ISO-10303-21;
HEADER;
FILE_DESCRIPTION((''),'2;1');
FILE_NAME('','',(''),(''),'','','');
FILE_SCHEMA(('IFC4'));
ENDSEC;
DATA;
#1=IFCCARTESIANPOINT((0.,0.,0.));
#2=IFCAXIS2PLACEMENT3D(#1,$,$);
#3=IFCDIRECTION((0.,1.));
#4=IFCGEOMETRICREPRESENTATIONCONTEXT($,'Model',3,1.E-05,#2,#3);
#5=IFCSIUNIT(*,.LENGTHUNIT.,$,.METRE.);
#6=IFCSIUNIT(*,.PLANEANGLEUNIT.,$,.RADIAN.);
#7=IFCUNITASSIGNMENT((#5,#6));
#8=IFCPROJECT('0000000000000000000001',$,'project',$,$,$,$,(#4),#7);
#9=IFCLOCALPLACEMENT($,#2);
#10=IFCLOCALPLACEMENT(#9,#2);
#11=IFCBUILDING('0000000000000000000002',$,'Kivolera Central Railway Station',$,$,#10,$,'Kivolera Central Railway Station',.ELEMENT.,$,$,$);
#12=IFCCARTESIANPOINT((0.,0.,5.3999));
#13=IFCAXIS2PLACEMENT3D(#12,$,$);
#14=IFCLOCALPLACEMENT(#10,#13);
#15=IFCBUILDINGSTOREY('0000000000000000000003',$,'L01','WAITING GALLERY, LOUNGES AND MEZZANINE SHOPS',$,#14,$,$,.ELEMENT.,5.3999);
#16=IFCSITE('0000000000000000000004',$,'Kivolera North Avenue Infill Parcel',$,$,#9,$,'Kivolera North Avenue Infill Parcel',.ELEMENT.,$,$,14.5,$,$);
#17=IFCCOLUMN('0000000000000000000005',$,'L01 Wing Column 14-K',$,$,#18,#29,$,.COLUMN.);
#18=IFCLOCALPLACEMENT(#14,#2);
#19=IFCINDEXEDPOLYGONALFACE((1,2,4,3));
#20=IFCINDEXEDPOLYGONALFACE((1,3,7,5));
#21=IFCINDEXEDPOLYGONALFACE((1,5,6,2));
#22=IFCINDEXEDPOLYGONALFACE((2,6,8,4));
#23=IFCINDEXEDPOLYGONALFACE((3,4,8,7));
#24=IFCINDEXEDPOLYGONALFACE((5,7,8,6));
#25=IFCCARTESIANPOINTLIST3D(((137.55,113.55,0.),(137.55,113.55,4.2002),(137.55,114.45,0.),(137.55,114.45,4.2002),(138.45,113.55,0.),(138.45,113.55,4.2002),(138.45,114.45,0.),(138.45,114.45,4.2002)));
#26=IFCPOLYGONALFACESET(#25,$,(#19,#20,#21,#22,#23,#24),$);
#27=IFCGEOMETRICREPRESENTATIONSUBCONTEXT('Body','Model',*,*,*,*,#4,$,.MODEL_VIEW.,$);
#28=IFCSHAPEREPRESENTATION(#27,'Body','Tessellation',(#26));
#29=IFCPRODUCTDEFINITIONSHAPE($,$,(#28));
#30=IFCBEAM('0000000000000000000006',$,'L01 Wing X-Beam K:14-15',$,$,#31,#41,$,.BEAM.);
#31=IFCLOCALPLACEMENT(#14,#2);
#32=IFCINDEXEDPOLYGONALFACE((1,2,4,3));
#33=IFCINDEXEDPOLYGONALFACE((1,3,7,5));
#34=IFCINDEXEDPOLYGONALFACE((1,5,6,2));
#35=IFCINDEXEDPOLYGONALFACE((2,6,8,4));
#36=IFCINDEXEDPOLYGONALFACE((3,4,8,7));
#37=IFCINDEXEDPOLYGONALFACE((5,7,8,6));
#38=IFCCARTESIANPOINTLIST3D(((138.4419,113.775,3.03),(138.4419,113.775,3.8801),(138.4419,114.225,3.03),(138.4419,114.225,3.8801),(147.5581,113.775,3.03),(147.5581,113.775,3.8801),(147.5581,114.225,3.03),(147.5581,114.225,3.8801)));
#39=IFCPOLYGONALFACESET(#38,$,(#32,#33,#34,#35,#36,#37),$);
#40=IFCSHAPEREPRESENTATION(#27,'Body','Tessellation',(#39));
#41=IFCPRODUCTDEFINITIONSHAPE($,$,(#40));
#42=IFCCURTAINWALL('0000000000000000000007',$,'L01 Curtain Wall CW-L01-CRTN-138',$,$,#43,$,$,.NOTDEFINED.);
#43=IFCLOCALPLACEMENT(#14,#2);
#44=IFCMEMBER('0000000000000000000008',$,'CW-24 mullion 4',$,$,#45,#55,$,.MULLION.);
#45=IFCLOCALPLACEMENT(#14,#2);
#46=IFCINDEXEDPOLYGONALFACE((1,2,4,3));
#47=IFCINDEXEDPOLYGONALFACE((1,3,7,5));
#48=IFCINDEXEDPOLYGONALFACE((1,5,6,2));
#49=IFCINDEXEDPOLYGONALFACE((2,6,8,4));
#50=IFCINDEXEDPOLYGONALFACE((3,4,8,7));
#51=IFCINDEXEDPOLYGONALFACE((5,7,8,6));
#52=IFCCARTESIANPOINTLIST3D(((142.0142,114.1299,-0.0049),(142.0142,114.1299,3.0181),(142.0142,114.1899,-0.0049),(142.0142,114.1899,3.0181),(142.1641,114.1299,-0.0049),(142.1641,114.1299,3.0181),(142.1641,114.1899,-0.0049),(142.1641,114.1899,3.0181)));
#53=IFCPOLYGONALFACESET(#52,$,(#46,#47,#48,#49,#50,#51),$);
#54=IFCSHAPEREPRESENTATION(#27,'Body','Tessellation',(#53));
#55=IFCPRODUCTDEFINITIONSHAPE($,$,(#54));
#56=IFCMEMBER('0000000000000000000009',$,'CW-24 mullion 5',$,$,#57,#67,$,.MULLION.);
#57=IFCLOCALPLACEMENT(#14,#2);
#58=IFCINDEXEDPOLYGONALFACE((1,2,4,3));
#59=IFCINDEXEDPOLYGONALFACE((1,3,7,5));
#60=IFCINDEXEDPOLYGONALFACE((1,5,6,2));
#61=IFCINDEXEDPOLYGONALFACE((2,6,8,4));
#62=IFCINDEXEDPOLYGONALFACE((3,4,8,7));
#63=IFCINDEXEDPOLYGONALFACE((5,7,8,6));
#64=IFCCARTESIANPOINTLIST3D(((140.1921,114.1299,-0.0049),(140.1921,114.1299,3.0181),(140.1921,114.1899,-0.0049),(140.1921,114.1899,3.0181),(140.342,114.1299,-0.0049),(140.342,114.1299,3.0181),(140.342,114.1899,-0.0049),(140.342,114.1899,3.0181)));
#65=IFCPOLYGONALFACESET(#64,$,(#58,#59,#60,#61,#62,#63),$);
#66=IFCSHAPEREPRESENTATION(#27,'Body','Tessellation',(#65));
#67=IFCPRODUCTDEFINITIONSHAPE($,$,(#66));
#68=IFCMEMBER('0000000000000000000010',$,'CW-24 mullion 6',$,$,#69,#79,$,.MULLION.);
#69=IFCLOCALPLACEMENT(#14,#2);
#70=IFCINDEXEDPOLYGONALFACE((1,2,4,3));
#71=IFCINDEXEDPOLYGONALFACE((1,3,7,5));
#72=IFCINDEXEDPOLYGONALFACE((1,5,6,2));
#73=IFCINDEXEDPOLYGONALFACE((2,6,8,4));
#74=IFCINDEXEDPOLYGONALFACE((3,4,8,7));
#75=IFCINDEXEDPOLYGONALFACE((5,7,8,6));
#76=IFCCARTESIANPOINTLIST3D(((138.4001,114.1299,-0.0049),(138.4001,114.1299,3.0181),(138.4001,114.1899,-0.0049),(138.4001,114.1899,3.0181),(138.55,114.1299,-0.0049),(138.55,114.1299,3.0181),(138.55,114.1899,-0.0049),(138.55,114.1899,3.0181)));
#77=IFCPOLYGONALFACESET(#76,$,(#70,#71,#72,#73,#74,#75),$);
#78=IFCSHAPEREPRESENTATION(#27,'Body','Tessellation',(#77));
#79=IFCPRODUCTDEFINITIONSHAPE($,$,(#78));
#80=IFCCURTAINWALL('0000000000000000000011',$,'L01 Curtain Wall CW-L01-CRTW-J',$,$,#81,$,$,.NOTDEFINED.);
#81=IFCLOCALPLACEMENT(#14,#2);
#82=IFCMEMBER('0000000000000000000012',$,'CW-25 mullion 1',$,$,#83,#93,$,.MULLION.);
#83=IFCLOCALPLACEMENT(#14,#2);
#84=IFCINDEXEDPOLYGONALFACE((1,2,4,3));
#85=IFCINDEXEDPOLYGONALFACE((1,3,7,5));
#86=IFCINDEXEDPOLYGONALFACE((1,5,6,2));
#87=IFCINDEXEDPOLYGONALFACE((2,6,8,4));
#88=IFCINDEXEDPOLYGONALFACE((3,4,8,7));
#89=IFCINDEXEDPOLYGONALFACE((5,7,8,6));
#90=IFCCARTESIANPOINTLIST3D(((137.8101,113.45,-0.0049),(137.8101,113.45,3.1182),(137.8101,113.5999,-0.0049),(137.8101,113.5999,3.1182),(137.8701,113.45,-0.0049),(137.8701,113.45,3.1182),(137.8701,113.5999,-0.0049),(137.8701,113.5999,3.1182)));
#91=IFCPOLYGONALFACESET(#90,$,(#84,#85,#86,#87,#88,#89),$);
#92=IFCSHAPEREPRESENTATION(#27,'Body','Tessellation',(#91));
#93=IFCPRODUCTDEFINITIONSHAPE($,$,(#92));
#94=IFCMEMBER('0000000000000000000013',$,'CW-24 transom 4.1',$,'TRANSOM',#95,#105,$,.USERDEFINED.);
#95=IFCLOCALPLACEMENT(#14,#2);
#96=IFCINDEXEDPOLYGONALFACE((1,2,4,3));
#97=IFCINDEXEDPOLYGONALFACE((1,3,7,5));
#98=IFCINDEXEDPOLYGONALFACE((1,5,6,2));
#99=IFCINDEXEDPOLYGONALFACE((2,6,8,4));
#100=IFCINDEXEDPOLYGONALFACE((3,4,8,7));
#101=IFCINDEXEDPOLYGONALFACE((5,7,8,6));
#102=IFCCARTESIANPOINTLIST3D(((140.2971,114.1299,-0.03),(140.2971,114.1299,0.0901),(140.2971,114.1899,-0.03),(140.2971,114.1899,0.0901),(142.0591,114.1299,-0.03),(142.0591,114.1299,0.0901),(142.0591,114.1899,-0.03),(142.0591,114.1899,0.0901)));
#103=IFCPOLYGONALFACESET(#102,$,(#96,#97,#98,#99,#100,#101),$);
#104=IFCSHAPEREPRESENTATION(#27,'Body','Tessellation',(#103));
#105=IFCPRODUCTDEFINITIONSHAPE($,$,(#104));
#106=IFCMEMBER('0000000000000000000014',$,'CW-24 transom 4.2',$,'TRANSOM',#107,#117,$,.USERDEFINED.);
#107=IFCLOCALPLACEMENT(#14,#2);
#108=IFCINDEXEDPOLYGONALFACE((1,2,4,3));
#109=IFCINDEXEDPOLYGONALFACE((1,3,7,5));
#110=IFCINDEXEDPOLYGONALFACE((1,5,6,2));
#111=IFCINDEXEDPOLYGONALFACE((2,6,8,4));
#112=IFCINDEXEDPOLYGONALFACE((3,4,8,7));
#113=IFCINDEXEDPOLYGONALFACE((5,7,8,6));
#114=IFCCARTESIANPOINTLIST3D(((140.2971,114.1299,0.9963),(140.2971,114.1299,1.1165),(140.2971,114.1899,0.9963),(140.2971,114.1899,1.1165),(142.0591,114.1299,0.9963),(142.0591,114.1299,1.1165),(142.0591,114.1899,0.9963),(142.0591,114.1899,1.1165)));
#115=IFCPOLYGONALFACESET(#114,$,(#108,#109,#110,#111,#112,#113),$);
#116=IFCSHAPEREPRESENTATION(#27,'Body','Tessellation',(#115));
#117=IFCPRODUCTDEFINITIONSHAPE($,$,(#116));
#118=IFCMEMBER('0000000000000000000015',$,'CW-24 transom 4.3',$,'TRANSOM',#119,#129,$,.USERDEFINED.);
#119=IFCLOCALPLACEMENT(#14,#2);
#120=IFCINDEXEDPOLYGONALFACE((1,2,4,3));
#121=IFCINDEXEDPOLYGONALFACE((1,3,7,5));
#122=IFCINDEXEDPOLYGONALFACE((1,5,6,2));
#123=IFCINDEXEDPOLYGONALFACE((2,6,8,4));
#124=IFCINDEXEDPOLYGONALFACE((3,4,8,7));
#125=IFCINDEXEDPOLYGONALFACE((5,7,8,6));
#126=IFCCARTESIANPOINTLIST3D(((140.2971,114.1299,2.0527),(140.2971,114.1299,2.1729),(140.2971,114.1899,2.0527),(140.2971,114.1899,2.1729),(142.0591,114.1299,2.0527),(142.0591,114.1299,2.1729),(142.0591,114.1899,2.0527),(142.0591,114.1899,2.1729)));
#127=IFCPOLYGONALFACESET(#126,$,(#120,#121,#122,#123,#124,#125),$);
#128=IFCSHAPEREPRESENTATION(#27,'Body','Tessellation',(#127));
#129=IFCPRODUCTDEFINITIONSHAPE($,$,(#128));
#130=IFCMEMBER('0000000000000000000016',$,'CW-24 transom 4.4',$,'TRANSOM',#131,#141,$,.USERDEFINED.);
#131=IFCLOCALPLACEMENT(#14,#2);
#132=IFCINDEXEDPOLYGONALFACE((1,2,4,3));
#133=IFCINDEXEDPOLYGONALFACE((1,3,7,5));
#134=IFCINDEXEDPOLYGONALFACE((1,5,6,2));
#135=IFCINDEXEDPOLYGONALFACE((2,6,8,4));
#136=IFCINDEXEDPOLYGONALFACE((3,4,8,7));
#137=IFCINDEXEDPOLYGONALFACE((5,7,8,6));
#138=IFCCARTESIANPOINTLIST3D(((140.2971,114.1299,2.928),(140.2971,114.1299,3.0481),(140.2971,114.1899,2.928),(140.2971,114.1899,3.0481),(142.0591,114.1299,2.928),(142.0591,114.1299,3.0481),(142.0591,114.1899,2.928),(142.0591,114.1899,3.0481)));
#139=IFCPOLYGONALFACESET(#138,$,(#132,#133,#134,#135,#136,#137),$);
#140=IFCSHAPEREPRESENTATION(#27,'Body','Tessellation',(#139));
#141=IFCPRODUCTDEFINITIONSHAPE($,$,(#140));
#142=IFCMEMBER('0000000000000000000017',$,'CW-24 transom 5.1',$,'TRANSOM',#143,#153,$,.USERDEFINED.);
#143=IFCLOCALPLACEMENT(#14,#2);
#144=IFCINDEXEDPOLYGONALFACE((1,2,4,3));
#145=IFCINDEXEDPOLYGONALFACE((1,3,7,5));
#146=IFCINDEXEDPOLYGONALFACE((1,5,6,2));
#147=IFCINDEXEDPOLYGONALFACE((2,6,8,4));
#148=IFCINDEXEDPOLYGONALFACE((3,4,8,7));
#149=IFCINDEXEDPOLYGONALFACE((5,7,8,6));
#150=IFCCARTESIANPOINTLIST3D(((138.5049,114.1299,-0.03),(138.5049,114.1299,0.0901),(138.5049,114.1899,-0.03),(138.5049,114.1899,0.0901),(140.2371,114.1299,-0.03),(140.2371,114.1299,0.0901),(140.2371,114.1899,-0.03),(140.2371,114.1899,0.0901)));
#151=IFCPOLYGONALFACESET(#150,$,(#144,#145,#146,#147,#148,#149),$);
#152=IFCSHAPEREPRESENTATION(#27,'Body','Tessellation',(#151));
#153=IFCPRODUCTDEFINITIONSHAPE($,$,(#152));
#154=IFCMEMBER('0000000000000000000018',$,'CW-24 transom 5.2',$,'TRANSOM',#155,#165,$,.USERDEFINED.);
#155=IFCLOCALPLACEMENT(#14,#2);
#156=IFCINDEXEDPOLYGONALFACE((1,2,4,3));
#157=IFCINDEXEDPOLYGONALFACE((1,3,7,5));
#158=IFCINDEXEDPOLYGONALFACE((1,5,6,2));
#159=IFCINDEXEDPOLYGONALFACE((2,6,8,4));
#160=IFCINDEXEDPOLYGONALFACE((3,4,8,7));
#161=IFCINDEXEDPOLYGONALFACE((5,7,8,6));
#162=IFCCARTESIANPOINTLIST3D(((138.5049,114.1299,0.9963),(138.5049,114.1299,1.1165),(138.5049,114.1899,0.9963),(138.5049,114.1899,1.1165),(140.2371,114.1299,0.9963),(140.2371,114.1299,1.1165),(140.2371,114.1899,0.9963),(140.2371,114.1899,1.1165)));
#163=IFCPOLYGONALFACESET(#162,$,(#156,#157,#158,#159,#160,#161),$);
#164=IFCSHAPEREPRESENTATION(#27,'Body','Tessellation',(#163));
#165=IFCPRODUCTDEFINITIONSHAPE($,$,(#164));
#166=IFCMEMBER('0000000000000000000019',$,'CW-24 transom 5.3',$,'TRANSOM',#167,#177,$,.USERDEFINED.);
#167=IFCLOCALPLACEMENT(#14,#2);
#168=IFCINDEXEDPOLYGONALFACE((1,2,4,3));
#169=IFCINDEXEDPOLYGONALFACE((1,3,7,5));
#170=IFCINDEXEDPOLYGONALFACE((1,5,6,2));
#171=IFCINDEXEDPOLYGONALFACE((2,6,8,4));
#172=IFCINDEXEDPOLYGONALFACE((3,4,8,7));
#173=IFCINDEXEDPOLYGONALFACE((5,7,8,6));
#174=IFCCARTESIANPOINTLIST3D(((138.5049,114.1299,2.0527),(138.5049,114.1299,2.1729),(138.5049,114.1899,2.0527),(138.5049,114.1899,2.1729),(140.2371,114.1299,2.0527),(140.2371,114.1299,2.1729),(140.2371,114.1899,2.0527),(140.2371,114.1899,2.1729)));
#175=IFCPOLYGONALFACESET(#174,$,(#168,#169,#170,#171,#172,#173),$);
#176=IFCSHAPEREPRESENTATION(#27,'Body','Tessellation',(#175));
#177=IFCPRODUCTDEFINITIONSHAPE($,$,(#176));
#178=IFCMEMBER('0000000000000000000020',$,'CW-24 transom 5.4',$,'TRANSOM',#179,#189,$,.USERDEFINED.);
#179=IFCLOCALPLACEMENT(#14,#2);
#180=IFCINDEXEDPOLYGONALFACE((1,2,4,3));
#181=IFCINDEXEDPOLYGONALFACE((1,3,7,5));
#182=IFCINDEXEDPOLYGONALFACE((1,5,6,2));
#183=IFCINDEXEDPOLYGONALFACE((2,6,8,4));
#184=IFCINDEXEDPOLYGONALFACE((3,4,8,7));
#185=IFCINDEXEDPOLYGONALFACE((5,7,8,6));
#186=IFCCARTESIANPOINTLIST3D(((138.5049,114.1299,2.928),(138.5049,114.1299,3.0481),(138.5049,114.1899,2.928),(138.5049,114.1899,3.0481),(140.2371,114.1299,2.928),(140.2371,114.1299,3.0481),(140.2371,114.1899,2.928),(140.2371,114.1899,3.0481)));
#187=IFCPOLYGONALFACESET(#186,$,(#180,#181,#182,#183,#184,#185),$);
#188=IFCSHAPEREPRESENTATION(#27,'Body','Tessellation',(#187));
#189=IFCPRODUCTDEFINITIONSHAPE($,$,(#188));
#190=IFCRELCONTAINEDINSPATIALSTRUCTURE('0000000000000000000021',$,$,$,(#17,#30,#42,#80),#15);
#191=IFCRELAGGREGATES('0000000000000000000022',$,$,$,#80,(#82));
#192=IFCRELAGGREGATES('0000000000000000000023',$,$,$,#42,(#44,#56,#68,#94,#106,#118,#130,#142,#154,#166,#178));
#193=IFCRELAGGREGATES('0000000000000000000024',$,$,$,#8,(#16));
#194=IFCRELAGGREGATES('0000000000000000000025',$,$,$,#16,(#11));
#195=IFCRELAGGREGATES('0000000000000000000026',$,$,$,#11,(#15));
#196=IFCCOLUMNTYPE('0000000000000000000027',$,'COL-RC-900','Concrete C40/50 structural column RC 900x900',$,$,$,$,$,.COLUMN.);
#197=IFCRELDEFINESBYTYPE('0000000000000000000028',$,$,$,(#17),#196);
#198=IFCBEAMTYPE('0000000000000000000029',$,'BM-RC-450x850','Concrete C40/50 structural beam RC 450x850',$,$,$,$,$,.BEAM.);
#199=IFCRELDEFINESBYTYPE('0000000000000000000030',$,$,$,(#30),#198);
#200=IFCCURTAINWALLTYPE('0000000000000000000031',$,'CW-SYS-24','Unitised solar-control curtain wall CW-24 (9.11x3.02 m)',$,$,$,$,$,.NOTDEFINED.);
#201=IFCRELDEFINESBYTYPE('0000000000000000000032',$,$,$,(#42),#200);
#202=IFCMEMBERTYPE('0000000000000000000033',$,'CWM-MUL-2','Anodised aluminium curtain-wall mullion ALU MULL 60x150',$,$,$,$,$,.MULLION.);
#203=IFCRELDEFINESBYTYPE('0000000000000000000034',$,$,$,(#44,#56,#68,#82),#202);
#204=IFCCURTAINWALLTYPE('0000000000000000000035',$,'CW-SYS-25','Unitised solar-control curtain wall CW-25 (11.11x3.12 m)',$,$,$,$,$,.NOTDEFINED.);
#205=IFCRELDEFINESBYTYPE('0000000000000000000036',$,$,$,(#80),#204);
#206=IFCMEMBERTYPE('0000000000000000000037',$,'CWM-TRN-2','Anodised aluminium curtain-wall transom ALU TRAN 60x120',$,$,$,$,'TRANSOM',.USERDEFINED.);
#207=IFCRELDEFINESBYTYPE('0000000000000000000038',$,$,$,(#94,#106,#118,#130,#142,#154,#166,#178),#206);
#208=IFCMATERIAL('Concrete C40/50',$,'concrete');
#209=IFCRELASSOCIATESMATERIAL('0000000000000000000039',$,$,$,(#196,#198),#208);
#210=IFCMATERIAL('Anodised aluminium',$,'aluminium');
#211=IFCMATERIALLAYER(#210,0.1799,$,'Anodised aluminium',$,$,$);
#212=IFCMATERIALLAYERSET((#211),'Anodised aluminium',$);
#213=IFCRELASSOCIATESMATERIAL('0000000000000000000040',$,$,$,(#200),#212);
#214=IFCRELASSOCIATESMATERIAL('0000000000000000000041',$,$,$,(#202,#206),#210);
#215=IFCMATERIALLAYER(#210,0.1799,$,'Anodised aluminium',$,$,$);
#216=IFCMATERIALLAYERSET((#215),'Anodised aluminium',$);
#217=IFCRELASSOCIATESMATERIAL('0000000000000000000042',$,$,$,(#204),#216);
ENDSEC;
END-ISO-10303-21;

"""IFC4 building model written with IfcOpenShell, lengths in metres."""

from ifc_helpers import new_model, si_unit, direction, frame, origin, origin_2d, place, context, subcontext, project, spatial, rectangle, extrude, material, layer, layer_set, material_profile, profile_set, type_object, element, aggregate, save


model = new_model("IFC4")

# Units and contexts
model_context = context("Model", 3, precision=1e-05, world=origin(), true_north=direction((0.0, 1.0)))
body_context = subcontext(model_context, "Body", "Model", "MODEL_VIEW")
ifc_project = project(units=[si_unit("LENGTHUNIT", "METRE"), si_unit("PLANEANGLEUNIT", "RADIAN")], contexts=[model_context])

# Site, building, storey
site_placement = place(None, origin())
site = spatial("IfcSite", under=ifc_project, at=site_placement, Name="Kivolera North Avenue Infill Parcel", LongName="Kivolera North Avenue Infill Parcel", CompositionType="ELEMENT", RefElevation=14.5)
building_placement = place(site_placement, origin())
building = spatial("IfcBuilding", under=site, at=building_placement, Name="Kivolera Central Railway Station", LongName="Kivolera Central Railway Station", CompositionType="ELEMENT")
storey_placement = place(building_placement, frame((0.0, 0.0, 5.3999)))
storey = spatial("IfcBuildingStorey", under=building, at=storey_placement, Name="L01", Description="WAITING GALLERY, LOUNGES AND MEZZANINE SHOPS", CompositionType="ELEMENT", Elevation=5.3999)

# Column
ifc_material_1 = material(Name="Concrete C40/50", Category="concrete")
ifc_material_profile_1 = material_profile(ifc_material_1, rectangle(XDim=0.8999, YDim=0.8999, at=origin_2d()), Name="RC 900x900")
ifc_profile_set_1 = profile_set([ifc_material_profile_1], Name="Concrete C40/50")
column_type = type_object("IfcColumnType", Name="COL-RC-900", Description="Concrete C40/50 structural column RC 900x900", PredefinedType="COLUMN", material=ifc_profile_set_1)
column_placement = place(storey_placement, frame((138.0, 114.0, 0.0), z_axis=(0.0, 0.0, 1.0), x_axis=(1.0, 0.0, 0.0)))
element("IfcColumn", 1, at=column_placement, inside=storey, type_object=column_type, Name="L01 Wing Column 14-K", PredefinedType="COLUMN", context=body_context, shape_type="SweptSolid", body=[
    extrude(rectangle(XDim=0.8999, YDim=0.8999, at=origin_2d()), origin(), (0.0, 0.0, 1.0), 4.2002),
])

# Beam
ifc_material_profile_2 = material_profile(ifc_material_1, rectangle(XDim=0.45, YDim=0.8501, at=origin_2d()), Name="RC 450x850")
ifc_profile_set_2 = profile_set([ifc_material_profile_2], Name="Concrete C40/50")
beam_type = type_object("IfcBeamType", Name="BM-RC-450x850", Description="Concrete C40/50 structural beam RC 450x850", PredefinedType="BEAM", material=ifc_profile_set_2)
beam_placement = place(storey_placement, frame((138.4419, 114.0, 3.4551), z_axis=(1.0, 0.0, 0.0), x_axis=(0.0, 1.0, 0.0)))
element("IfcBeam", 2, at=beam_placement, inside=storey, type_object=beam_type, Name="L01 Wing X-Beam K:14-15", PredefinedType="BEAM", context=body_context, shape_type="SweptSolid", body=[
    extrude(rectangle(XDim=0.45, YDim=0.8501, at=origin_2d()), origin(), (0.0, 0.0, 1.0), 9.1162),
])

# Curtain wall, members
ifc_material_2 = material(Name="Anodised aluminium", Category="aluminium")
ifc_layer_1 = layer(ifc_material_2, 0.1799, Name="Anodised aluminium")
ifc_layer_set_1 = layer_set([ifc_layer_1], Name="Anodised aluminium")
curtain_wall_type_1 = type_object("IfcCurtainWallType", Name="CW-SYS-24", Description="Unitised solar-control curtain wall CW-24 (9.11x3.02 m)", PredefinedType="NOTDEFINED", material=ifc_layer_set_1)
curtain_wall_1_placement = place(storey_placement, origin())
curtain_wall_1 = element("IfcCurtainWall", 3, at=curtain_wall_1_placement, inside=storey, type_object=curtain_wall_type_1, Name="L01 Curtain Wall CW-L01-CRTN-138", PredefinedType="NOTDEFINED")
ifc_material_profile_3 = material_profile(ifc_material_2, rectangle(XDim=0.0601, YDim=0.1499, at=origin_2d()), Name="ALU MULL 60x150")
ifc_profile_set_3 = profile_set([ifc_material_profile_3], Name="Anodised aluminium")
member_type_1 = type_object("IfcMemberType", Name="CWM-MUL-2", Description="Anodised aluminium curtain-wall mullion ALU MULL 60x150", PredefinedType="MULLION", material=ifc_profile_set_3)
member_1_placement = place(storey_placement, frame((142.0891, 114.1599, -0.0049), z_axis=(0.0, 0.0, 1.0), x_axis=(0.0, -1.0, 0.0)))
member_1 = element("IfcMember", 4, at=member_1_placement, type_object=member_type_1, Name="CW-24 mullion 4", PredefinedType="MULLION", context=body_context, shape_type="SweptSolid", body=[
    extrude(rectangle(XDim=0.0601, YDim=0.1499, at=origin_2d()), origin(), (0.0, 0.0, 1.0), 3.0229),
])
member_2_placement = place(storey_placement, frame((140.2671, 114.1599, -0.0049), z_axis=(0.0, 0.0, 1.0), x_axis=(0.0, -1.0, 0.0)))
member_2 = element("IfcMember", 5, at=member_2_placement, type_object=member_type_1, Name="CW-24 mullion 5", PredefinedType="MULLION", context=body_context, shape_type="SweptSolid", body=[
    extrude(rectangle(XDim=0.0601, YDim=0.1499, at=origin_2d()), origin(), (0.0, 0.0, 1.0), 3.0229),
])
member_3_placement = place(storey_placement, frame((138.4751, 114.1599, -0.0049), z_axis=(0.0, 0.0, 1.0), x_axis=(0.0, -1.0, 0.0)))
member_3 = element("IfcMember", 6, at=member_3_placement, type_object=member_type_1, Name="CW-24 mullion 6", PredefinedType="MULLION", context=body_context, shape_type="SweptSolid", body=[
    extrude(rectangle(XDim=0.0601, YDim=0.1499, at=origin_2d()), origin(), (0.0, 0.0, 1.0), 3.0229),
])

# Curtain wall, member
ifc_layer_2 = layer(ifc_material_2, 0.1799, Name="Anodised aluminium")
ifc_layer_set_2 = layer_set([ifc_layer_2], Name="Anodised aluminium")
curtain_wall_type_2 = type_object("IfcCurtainWallType", Name="CW-SYS-25", Description="Unitised solar-control curtain wall CW-25 (11.11x3.12 m)", PredefinedType="NOTDEFINED", material=ifc_layer_set_2)
curtain_wall_2_placement = place(storey_placement, origin())
curtain_wall_2 = element("IfcCurtainWall", 7, at=curtain_wall_2_placement, inside=storey, type_object=curtain_wall_type_2, Name="L01 Curtain Wall CW-L01-CRTW-J", PredefinedType="NOTDEFINED")
member_4_placement = place(storey_placement, frame((137.8401, 113.5249, -0.0049), z_axis=(0.0, 0.0, 1.0), x_axis=(1.0, 0.0, 0.0)))
member_4 = element("IfcMember", 8, at=member_4_placement, type_object=member_type_1, Name="CW-25 mullion 1", PredefinedType="MULLION", context=body_context, shape_type="SweptSolid", body=[
    extrude(rectangle(XDim=0.0601, YDim=0.1499, at=origin_2d()), origin(), (0.0, 0.0, 1.0), 3.123),
])

# Members
ifc_material_profile_4 = material_profile(ifc_material_2, rectangle(XDim=0.0601, YDim=0.1201, at=origin_2d()), Name="ALU TRAN 60x120")
ifc_profile_set_4 = profile_set([ifc_material_profile_4], Name="Anodised aluminium")
member_type_2 = type_object("IfcMemberType", Name="CWM-TRN-2", Description="Anodised aluminium curtain-wall transom ALU TRAN 60x120", ElementType="TRANSOM", PredefinedType="USERDEFINED", material=ifc_profile_set_4)
member_5_placement = place(storey_placement, frame((142.0591, 114.1599, 0.03), z_axis=(-1.0, 0.0, 0.0), x_axis=(0.0, -1.0, 0.0)))
member_5 = element("IfcMember", 9, at=member_5_placement, type_object=member_type_2, Name="CW-24 transom 4.1", ObjectType="TRANSOM", PredefinedType="USERDEFINED", context=body_context, shape_type="SweptSolid", body=[
    extrude(rectangle(XDim=0.0601, YDim=0.1201, at=origin_2d()), origin(), (0.0, 0.0, 1.0), 1.762),
])
member_6_placement = place(storey_placement, frame((142.0591, 114.1599, 1.0564), z_axis=(-1.0, 0.0, 0.0), x_axis=(0.0, -1.0, 0.0)))
member_6 = element("IfcMember", 10, at=member_6_placement, type_object=member_type_2, Name="CW-24 transom 4.2", ObjectType="TRANSOM", PredefinedType="USERDEFINED", context=body_context, shape_type="SweptSolid", body=[
    extrude(rectangle(XDim=0.0601, YDim=0.1201, at=origin_2d()), origin(), (0.0, 0.0, 1.0), 1.762),
])
member_7_placement = place(storey_placement, frame((142.0591, 114.1599, 2.1128), z_axis=(-1.0, 0.0, 0.0), x_axis=(0.0, -1.0, 0.0)))
member_7 = element("IfcMember", 11, at=member_7_placement, type_object=member_type_2, Name="CW-24 transom 4.3", ObjectType="TRANSOM", PredefinedType="USERDEFINED", context=body_context, shape_type="SweptSolid", body=[
    extrude(rectangle(XDim=0.0601, YDim=0.1201, at=origin_2d()), origin(), (0.0, 0.0, 1.0), 1.762),
])
member_8_placement = place(storey_placement, frame((142.0591, 114.1599, 2.988), z_axis=(-1.0, 0.0, 0.0), x_axis=(0.0, -1.0, 0.0)))
member_8 = element("IfcMember", 12, at=member_8_placement, type_object=member_type_2, Name="CW-24 transom 4.4", ObjectType="TRANSOM", PredefinedType="USERDEFINED", context=body_context, shape_type="SweptSolid", body=[
    extrude(rectangle(XDim=0.0601, YDim=0.1201, at=origin_2d()), origin(), (0.0, 0.0, 1.0), 1.762),
])
member_9_placement = place(storey_placement, frame((140.2371, 114.1599, 0.03), z_axis=(-1.0, 0.0, 0.0), x_axis=(0.0, -1.0, 0.0)))
member_9 = element("IfcMember", 13, at=member_9_placement, type_object=member_type_2, Name="CW-24 transom 5.1", ObjectType="TRANSOM", PredefinedType="USERDEFINED", context=body_context, shape_type="SweptSolid", body=[
    extrude(rectangle(XDim=0.0601, YDim=0.1201, at=origin_2d()), origin(), (0.0, 0.0, 1.0), 1.7322),
])
member_10_placement = place(storey_placement, frame((140.2371, 114.1599, 1.0564), z_axis=(-1.0, 0.0, 0.0), x_axis=(0.0, -1.0, 0.0)))
member_10 = element("IfcMember", 14, at=member_10_placement, type_object=member_type_2, Name="CW-24 transom 5.2", ObjectType="TRANSOM", PredefinedType="USERDEFINED", context=body_context, shape_type="SweptSolid", body=[
    extrude(rectangle(XDim=0.0601, YDim=0.1201, at=origin_2d()), origin(), (0.0, 0.0, 1.0), 1.7322),
])
member_11_placement = place(storey_placement, frame((140.2371, 114.1599, 2.1128), z_axis=(-1.0, 0.0, 0.0), x_axis=(0.0, -1.0, 0.0)))
member_11 = element("IfcMember", 15, at=member_11_placement, type_object=member_type_2, Name="CW-24 transom 5.3", ObjectType="TRANSOM", PredefinedType="USERDEFINED", context=body_context, shape_type="SweptSolid", body=[
    extrude(rectangle(XDim=0.0601, YDim=0.1201, at=origin_2d()), origin(), (0.0, 0.0, 1.0), 1.7322),
])
member_12_placement = place(storey_placement, frame((140.2371, 114.1599, 2.988), z_axis=(-1.0, 0.0, 0.0), x_axis=(0.0, -1.0, 0.0)))
member_12 = element("IfcMember", 16, at=member_12_placement, type_object=member_type_2, Name="CW-24 transom 5.4", ObjectType="TRANSOM", PredefinedType="USERDEFINED", context=body_context, shape_type="SweptSolid", body=[
    extrude(rectangle(XDim=0.0601, YDim=0.1201, at=origin_2d()), origin(), (0.0, 0.0, 1.0), 1.7322),
])
aggregate(curtain_wall_2, [member_4])

aggregate(curtain_wall_1, [member_1, member_2, member_3, member_5, member_6, member_7, member_8, member_9, member_10, member_11, member_12])

save(model, "model.ifc")
